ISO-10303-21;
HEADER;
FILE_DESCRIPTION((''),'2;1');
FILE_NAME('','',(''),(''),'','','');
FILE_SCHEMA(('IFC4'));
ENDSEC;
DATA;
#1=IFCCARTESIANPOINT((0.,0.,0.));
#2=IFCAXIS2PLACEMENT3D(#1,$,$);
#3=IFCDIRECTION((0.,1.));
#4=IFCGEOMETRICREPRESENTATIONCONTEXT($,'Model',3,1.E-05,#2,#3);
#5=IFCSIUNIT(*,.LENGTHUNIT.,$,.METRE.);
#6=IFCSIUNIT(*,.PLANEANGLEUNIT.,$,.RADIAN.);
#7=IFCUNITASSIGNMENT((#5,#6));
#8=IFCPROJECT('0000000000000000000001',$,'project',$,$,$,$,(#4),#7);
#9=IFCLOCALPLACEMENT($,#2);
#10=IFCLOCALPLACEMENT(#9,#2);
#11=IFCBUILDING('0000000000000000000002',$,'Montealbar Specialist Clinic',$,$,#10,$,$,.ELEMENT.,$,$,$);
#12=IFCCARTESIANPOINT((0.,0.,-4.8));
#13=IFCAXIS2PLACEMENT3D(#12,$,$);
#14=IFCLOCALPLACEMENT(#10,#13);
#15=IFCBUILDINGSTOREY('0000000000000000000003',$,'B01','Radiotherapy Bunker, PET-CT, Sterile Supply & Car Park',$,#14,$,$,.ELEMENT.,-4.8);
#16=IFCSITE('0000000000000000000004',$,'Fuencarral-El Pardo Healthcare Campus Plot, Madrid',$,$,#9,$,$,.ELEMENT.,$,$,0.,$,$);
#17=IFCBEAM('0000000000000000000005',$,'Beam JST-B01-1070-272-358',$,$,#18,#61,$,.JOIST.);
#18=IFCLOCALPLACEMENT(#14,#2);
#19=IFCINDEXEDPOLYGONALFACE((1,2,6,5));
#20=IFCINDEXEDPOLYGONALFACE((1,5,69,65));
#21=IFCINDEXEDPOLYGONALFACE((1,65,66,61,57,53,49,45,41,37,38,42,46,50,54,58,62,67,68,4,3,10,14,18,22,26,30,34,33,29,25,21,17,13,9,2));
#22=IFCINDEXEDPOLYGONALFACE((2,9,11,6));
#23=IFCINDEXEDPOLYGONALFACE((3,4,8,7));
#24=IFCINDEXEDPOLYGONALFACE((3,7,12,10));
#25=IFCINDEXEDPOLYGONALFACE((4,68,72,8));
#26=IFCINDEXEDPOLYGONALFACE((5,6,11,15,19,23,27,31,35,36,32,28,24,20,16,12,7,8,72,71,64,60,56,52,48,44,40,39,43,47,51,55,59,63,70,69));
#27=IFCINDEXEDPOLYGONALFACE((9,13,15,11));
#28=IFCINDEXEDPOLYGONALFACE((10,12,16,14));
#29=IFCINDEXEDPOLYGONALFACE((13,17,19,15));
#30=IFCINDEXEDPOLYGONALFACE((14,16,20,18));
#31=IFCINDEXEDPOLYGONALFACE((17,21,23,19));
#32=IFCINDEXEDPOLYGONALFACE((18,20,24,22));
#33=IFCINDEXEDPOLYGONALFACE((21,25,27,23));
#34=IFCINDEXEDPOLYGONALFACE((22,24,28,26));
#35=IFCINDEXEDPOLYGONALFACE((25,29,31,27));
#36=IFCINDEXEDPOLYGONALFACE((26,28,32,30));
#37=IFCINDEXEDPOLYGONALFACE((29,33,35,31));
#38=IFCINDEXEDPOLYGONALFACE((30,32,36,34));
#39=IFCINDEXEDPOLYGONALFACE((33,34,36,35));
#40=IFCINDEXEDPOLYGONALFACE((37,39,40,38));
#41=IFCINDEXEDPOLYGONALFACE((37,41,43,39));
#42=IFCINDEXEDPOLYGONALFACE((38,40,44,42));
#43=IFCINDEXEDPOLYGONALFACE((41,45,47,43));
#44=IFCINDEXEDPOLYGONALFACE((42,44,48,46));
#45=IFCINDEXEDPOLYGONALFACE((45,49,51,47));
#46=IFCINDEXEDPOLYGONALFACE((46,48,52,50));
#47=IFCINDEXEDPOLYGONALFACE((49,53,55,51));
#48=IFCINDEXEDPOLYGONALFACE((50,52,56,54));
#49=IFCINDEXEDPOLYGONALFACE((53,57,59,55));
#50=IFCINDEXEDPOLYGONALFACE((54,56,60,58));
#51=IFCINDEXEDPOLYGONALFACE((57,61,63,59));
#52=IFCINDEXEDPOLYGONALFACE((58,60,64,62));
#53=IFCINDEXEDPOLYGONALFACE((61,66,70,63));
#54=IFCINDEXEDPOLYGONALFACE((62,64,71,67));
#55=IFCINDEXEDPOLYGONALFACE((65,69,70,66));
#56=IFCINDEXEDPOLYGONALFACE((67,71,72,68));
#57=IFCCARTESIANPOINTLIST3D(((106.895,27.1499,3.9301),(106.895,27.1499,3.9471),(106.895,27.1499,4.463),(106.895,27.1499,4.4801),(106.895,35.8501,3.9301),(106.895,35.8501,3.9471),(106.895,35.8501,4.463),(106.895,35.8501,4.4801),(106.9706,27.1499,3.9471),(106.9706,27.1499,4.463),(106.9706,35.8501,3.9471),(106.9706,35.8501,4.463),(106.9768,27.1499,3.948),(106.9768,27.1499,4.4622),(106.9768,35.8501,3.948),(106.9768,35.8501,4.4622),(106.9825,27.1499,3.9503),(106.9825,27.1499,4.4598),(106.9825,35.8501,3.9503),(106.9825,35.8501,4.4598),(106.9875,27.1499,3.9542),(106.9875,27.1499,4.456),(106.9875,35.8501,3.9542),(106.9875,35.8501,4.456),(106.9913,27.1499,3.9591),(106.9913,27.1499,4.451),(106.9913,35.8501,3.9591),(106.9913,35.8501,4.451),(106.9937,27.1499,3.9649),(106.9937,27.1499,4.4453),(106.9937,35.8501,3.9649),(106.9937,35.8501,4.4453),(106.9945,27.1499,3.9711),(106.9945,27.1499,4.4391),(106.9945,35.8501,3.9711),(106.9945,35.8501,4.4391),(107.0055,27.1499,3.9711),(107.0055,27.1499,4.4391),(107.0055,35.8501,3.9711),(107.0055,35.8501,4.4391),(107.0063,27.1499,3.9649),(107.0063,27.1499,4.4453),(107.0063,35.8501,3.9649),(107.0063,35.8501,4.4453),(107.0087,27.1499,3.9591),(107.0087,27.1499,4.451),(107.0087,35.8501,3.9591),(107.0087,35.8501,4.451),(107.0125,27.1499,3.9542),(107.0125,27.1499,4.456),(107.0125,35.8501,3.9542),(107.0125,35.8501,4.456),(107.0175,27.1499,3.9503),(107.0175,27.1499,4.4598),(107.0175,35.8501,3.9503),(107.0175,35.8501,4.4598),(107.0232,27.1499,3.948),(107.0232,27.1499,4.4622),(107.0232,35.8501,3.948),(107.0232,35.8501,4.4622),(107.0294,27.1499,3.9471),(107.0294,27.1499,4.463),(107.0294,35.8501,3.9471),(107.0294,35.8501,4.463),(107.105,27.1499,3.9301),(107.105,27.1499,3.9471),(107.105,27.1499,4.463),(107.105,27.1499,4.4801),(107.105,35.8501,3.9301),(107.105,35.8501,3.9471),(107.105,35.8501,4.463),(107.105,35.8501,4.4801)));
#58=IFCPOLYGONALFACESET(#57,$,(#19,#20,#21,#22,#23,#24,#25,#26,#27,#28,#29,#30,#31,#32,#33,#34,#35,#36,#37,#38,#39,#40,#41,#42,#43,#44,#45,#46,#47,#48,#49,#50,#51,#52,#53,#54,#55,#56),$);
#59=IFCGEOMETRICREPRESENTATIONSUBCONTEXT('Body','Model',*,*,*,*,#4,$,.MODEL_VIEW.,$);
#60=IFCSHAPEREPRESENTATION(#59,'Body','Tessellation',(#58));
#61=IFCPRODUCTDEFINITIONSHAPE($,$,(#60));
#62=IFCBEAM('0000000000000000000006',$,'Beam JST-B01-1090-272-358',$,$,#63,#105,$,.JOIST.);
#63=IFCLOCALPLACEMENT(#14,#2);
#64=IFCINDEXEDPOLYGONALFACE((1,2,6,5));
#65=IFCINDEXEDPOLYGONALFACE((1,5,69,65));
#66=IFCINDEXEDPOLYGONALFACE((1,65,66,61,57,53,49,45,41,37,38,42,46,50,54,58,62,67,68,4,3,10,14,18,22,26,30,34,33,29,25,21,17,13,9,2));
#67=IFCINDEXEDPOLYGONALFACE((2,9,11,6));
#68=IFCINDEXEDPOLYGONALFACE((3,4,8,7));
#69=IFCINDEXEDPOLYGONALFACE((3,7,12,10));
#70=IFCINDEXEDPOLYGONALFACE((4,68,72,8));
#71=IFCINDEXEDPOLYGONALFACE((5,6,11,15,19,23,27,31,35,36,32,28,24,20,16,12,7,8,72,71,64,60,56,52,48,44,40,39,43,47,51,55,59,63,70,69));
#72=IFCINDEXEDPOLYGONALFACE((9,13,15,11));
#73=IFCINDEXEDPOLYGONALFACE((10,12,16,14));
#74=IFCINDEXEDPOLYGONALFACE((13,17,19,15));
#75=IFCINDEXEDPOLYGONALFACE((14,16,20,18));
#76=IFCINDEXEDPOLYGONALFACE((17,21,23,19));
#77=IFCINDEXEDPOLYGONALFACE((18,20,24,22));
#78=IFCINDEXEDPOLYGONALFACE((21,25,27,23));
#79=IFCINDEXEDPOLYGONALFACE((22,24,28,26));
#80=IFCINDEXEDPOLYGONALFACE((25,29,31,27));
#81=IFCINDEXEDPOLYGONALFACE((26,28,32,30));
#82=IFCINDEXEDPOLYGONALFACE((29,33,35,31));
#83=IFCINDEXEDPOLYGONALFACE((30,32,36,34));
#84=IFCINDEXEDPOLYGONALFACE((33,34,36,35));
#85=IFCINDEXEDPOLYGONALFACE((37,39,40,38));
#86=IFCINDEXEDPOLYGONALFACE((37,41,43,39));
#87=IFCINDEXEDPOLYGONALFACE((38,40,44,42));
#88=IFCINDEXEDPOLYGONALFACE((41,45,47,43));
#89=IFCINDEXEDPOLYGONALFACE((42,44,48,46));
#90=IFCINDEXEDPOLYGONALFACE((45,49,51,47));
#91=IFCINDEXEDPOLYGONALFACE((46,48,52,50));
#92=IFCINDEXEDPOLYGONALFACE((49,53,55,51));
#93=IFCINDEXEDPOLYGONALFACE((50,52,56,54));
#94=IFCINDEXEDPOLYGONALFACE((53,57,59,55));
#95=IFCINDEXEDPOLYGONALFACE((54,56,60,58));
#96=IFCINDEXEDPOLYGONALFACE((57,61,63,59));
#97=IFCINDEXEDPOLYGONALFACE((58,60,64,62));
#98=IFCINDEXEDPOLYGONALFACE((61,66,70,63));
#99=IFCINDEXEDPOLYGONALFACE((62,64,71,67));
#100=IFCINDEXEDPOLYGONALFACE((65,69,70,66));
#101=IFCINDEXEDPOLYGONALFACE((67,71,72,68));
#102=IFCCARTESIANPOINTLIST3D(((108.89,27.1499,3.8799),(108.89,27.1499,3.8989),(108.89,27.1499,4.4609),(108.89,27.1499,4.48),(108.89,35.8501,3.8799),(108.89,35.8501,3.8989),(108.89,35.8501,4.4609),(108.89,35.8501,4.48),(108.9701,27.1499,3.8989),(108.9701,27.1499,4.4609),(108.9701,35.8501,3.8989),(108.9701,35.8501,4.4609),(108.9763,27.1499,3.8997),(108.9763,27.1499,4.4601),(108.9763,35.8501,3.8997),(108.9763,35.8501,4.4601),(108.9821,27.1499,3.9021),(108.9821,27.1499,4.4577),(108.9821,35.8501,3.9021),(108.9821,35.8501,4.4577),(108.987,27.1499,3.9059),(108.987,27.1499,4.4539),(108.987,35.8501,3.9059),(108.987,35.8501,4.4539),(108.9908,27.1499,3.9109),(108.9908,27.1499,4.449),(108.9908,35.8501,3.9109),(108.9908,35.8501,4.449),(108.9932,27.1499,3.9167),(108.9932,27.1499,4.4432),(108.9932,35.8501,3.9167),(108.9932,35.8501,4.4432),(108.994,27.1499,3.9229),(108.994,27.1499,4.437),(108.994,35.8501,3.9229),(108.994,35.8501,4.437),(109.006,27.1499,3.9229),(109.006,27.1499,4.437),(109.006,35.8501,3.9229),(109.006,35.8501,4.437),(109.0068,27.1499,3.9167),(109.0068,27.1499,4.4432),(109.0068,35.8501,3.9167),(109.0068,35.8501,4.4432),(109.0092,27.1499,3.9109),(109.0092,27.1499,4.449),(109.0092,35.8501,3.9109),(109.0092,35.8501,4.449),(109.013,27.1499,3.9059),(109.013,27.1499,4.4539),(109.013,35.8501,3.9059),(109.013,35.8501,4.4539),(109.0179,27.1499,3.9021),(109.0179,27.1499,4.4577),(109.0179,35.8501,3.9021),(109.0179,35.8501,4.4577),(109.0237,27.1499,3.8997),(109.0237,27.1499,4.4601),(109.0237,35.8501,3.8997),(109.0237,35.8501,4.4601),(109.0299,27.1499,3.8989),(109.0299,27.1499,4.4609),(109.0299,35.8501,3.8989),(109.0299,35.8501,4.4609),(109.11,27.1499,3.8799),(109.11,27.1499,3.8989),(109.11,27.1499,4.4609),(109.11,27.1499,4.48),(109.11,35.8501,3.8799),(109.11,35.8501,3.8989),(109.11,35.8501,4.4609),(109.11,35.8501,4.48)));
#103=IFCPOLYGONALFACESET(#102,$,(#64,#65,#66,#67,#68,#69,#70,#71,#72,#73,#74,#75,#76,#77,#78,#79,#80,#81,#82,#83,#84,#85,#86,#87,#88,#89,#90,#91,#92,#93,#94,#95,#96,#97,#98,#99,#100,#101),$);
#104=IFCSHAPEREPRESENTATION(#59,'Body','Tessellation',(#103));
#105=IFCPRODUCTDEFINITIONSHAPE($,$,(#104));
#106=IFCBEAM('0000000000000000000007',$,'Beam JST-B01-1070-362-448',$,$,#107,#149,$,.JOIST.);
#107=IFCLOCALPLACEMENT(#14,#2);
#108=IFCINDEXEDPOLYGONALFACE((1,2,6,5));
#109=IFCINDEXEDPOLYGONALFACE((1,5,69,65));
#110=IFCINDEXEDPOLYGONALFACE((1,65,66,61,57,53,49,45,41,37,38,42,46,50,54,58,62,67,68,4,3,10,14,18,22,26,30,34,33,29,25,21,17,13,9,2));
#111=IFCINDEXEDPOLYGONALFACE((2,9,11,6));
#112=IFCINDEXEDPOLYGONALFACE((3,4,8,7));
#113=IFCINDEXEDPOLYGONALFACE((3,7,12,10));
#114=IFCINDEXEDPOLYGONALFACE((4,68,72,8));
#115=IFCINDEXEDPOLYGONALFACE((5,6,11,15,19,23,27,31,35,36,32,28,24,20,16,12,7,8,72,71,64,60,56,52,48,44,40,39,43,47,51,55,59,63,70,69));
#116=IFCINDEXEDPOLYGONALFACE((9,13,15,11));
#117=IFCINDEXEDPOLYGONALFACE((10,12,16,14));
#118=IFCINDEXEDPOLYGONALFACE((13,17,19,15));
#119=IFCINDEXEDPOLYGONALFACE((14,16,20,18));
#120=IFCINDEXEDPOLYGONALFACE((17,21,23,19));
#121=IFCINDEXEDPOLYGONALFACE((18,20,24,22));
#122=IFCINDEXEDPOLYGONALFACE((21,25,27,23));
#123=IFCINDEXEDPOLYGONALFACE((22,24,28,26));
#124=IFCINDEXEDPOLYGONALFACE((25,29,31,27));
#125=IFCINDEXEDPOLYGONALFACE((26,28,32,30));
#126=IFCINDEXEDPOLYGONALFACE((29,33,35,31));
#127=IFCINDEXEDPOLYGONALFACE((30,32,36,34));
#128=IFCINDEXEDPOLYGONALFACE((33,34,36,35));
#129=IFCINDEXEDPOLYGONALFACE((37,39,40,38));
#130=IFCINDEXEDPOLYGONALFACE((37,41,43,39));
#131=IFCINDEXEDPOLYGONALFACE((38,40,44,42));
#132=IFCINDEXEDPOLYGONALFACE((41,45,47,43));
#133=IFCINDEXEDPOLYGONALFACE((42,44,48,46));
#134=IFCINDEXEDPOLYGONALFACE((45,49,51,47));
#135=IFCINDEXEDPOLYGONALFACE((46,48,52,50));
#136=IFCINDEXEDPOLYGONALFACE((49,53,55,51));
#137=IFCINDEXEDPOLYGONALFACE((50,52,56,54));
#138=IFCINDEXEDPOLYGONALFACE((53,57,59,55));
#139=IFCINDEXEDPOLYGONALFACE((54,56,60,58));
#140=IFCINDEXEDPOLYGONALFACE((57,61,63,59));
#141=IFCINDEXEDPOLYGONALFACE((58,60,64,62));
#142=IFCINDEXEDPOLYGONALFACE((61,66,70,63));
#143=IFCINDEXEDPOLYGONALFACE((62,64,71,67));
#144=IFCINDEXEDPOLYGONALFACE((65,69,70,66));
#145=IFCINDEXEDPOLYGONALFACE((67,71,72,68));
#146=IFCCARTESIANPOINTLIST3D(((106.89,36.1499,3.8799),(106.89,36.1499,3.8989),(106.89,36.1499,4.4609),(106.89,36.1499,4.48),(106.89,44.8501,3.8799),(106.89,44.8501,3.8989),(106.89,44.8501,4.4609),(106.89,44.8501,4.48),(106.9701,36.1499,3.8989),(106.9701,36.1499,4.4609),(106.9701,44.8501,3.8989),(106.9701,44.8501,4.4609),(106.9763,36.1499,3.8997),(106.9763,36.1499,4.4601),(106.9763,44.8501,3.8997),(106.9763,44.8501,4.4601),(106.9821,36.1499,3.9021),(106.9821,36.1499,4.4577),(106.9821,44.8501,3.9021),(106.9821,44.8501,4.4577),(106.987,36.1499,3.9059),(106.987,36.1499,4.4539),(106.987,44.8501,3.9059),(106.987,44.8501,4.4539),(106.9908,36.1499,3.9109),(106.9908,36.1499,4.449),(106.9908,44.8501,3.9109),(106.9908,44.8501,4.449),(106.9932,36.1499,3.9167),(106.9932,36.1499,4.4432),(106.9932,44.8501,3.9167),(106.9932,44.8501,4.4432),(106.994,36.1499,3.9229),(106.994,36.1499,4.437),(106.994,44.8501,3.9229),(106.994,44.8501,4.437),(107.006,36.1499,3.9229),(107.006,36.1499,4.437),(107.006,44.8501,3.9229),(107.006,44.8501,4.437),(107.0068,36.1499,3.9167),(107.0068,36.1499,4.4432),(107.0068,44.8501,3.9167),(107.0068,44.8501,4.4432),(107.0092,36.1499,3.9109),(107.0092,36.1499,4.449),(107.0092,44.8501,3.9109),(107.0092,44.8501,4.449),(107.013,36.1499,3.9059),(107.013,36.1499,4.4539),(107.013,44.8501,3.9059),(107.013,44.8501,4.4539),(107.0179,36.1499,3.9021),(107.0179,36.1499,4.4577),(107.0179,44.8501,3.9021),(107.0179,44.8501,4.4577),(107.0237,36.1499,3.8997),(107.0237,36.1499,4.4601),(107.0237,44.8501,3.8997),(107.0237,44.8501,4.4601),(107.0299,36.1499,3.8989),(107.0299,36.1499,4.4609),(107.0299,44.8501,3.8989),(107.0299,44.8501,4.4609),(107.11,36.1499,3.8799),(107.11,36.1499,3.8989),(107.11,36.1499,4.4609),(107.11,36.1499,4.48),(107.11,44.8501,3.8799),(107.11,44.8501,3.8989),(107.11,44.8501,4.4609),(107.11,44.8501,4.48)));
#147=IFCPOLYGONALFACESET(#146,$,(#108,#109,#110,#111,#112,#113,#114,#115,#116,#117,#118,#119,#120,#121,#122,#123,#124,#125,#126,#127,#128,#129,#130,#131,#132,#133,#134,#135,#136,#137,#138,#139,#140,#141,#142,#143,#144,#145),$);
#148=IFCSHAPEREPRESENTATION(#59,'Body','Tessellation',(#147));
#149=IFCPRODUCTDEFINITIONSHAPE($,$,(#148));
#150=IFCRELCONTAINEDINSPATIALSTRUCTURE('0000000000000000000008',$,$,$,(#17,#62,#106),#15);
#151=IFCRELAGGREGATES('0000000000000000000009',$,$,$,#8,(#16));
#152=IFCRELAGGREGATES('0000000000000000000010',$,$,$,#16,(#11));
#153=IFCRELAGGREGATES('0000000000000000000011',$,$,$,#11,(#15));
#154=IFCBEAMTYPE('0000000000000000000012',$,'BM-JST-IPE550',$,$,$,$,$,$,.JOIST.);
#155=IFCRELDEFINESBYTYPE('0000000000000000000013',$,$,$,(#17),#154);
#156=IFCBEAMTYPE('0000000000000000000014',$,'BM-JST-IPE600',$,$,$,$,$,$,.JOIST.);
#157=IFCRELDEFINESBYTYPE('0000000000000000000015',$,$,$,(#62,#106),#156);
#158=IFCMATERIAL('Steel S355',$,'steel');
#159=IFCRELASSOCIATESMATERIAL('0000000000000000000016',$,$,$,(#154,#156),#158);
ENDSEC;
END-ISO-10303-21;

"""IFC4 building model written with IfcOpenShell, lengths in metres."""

from ifc_helpers import new_model, si_unit, direction, frame, origin, origin_2d, place, context, subcontext, project, spatial, i_section, extrude, material, material_profile, profile_set, type_object, element, save


model = new_model("IFC4")

# Units and contexts
model_context = context("Model", 3, precision=1e-05, world=origin(), true_north=direction((0.0, 1.0)))
body_context = subcontext(model_context, "Body", "Model", "MODEL_VIEW")
ifc_project = project(units=[si_unit("LENGTHUNIT", "METRE"), si_unit("PLANEANGLEUNIT", "RADIAN")], contexts=[model_context])

# Site, building, storey
site_placement = place(None, origin())
site = spatial("IfcSite", under=ifc_project, at=site_placement, Name="Fuencarral-El Pardo Healthcare Campus Plot, Madrid", CompositionType="ELEMENT", RefElevation=0.0)
building_placement = place(site_placement, origin())
building = spatial("IfcBuilding", under=site, at=building_placement, Name="Montealbar Specialist Clinic", CompositionType="ELEMENT")
storey_placement = place(building_placement, frame((0.0, 0.0, -4.8)))
storey = spatial("IfcBuildingStorey", under=building, at=storey_placement, Name="B01", Description="Radiotherapy Bunker, PET-CT, Sterile Supply & Car Park", CompositionType="ELEMENT", Elevation=-4.8)

# Shared definitions
ifc_material_1 = material(Name="Steel S355", Category="steel")

# Beams
ifc_material_profile_1 = material_profile(ifc_material_1, i_section(OverallWidth=0.21, OverallDepth=0.55, WebThickness=0.011, FlangeThickness=0.0171, FilletRadius=0.0239, at=origin_2d()), Name="IPE 550", Category="steel")
ifc_profile_set_1 = profile_set([ifc_material_profile_1], Name="Steel S355")
beam_type_1 = type_object("IfcBeamType", Name="BM-JST-IPE550", PredefinedType="JOIST", material=ifc_profile_set_1)
beam_1_placement = place(storey_placement, frame((107.0, 27.1499, 4.2051), z_axis=(0.0, 1.0, 0.0), x_axis=(-1.0, 0.0, 0.0)))
element("IfcBeam", 1, at=beam_1_placement, inside=storey, type_object=beam_type_1, Name="Beam JST-B01-1070-272-358", PredefinedType="JOIST", context=body_context, shape_type="SweptSolid", body=[
    extrude(i_section(OverallWidth=0.21, OverallDepth=0.55, WebThickness=0.011, FlangeThickness=0.0171, FilletRadius=0.0239, at=origin_2d()), origin(), (0.0, 0.0, 1.0), 8.7002),
])
ifc_material_profile_2 = material_profile(ifc_material_1, i_section(OverallWidth=0.22, OverallDepth=0.6001, WebThickness=0.012, FlangeThickness=0.019, FilletRadius=0.0239, at=origin_2d()), Name="IPE 600", Category="steel")
ifc_profile_set_2 = profile_set([ifc_material_profile_2], Name="Steel S355")
beam_type_2 = type_object("IfcBeamType", Name="BM-JST-IPE600", PredefinedType="JOIST", material=ifc_profile_set_2)
for number, where, z_axis, x_axis, name in (
    (2, (109.0, 27.1499, 4.1799), (0.0, 1.0, 0.0), (-1.0, 0.0, 0.0), "Beam JST-B01-1090-272-358"),
    (3, (107.0, 36.1499, 4.1799), (0.0, 1.0, 0.0), (-1.0, 0.0, 0.0), "Beam JST-B01-1070-362-448"),
):
    element("IfcBeam", number, at=place(storey_placement, frame(where, z_axis=z_axis, x_axis=x_axis)), inside=storey, type_object=beam_type_2, Name=name, PredefinedType="JOIST", context=body_context, shape_type="SweptSolid", body=[
        extrude(i_section(OverallWidth=0.22, OverallDepth=0.6001, WebThickness=0.012, FlangeThickness=0.019, FilletRadius=0.0239, at=origin_2d()), origin(), (0.0, 0.0, 1.0), 8.7002),
    ])

save(model, "model.ifc")
